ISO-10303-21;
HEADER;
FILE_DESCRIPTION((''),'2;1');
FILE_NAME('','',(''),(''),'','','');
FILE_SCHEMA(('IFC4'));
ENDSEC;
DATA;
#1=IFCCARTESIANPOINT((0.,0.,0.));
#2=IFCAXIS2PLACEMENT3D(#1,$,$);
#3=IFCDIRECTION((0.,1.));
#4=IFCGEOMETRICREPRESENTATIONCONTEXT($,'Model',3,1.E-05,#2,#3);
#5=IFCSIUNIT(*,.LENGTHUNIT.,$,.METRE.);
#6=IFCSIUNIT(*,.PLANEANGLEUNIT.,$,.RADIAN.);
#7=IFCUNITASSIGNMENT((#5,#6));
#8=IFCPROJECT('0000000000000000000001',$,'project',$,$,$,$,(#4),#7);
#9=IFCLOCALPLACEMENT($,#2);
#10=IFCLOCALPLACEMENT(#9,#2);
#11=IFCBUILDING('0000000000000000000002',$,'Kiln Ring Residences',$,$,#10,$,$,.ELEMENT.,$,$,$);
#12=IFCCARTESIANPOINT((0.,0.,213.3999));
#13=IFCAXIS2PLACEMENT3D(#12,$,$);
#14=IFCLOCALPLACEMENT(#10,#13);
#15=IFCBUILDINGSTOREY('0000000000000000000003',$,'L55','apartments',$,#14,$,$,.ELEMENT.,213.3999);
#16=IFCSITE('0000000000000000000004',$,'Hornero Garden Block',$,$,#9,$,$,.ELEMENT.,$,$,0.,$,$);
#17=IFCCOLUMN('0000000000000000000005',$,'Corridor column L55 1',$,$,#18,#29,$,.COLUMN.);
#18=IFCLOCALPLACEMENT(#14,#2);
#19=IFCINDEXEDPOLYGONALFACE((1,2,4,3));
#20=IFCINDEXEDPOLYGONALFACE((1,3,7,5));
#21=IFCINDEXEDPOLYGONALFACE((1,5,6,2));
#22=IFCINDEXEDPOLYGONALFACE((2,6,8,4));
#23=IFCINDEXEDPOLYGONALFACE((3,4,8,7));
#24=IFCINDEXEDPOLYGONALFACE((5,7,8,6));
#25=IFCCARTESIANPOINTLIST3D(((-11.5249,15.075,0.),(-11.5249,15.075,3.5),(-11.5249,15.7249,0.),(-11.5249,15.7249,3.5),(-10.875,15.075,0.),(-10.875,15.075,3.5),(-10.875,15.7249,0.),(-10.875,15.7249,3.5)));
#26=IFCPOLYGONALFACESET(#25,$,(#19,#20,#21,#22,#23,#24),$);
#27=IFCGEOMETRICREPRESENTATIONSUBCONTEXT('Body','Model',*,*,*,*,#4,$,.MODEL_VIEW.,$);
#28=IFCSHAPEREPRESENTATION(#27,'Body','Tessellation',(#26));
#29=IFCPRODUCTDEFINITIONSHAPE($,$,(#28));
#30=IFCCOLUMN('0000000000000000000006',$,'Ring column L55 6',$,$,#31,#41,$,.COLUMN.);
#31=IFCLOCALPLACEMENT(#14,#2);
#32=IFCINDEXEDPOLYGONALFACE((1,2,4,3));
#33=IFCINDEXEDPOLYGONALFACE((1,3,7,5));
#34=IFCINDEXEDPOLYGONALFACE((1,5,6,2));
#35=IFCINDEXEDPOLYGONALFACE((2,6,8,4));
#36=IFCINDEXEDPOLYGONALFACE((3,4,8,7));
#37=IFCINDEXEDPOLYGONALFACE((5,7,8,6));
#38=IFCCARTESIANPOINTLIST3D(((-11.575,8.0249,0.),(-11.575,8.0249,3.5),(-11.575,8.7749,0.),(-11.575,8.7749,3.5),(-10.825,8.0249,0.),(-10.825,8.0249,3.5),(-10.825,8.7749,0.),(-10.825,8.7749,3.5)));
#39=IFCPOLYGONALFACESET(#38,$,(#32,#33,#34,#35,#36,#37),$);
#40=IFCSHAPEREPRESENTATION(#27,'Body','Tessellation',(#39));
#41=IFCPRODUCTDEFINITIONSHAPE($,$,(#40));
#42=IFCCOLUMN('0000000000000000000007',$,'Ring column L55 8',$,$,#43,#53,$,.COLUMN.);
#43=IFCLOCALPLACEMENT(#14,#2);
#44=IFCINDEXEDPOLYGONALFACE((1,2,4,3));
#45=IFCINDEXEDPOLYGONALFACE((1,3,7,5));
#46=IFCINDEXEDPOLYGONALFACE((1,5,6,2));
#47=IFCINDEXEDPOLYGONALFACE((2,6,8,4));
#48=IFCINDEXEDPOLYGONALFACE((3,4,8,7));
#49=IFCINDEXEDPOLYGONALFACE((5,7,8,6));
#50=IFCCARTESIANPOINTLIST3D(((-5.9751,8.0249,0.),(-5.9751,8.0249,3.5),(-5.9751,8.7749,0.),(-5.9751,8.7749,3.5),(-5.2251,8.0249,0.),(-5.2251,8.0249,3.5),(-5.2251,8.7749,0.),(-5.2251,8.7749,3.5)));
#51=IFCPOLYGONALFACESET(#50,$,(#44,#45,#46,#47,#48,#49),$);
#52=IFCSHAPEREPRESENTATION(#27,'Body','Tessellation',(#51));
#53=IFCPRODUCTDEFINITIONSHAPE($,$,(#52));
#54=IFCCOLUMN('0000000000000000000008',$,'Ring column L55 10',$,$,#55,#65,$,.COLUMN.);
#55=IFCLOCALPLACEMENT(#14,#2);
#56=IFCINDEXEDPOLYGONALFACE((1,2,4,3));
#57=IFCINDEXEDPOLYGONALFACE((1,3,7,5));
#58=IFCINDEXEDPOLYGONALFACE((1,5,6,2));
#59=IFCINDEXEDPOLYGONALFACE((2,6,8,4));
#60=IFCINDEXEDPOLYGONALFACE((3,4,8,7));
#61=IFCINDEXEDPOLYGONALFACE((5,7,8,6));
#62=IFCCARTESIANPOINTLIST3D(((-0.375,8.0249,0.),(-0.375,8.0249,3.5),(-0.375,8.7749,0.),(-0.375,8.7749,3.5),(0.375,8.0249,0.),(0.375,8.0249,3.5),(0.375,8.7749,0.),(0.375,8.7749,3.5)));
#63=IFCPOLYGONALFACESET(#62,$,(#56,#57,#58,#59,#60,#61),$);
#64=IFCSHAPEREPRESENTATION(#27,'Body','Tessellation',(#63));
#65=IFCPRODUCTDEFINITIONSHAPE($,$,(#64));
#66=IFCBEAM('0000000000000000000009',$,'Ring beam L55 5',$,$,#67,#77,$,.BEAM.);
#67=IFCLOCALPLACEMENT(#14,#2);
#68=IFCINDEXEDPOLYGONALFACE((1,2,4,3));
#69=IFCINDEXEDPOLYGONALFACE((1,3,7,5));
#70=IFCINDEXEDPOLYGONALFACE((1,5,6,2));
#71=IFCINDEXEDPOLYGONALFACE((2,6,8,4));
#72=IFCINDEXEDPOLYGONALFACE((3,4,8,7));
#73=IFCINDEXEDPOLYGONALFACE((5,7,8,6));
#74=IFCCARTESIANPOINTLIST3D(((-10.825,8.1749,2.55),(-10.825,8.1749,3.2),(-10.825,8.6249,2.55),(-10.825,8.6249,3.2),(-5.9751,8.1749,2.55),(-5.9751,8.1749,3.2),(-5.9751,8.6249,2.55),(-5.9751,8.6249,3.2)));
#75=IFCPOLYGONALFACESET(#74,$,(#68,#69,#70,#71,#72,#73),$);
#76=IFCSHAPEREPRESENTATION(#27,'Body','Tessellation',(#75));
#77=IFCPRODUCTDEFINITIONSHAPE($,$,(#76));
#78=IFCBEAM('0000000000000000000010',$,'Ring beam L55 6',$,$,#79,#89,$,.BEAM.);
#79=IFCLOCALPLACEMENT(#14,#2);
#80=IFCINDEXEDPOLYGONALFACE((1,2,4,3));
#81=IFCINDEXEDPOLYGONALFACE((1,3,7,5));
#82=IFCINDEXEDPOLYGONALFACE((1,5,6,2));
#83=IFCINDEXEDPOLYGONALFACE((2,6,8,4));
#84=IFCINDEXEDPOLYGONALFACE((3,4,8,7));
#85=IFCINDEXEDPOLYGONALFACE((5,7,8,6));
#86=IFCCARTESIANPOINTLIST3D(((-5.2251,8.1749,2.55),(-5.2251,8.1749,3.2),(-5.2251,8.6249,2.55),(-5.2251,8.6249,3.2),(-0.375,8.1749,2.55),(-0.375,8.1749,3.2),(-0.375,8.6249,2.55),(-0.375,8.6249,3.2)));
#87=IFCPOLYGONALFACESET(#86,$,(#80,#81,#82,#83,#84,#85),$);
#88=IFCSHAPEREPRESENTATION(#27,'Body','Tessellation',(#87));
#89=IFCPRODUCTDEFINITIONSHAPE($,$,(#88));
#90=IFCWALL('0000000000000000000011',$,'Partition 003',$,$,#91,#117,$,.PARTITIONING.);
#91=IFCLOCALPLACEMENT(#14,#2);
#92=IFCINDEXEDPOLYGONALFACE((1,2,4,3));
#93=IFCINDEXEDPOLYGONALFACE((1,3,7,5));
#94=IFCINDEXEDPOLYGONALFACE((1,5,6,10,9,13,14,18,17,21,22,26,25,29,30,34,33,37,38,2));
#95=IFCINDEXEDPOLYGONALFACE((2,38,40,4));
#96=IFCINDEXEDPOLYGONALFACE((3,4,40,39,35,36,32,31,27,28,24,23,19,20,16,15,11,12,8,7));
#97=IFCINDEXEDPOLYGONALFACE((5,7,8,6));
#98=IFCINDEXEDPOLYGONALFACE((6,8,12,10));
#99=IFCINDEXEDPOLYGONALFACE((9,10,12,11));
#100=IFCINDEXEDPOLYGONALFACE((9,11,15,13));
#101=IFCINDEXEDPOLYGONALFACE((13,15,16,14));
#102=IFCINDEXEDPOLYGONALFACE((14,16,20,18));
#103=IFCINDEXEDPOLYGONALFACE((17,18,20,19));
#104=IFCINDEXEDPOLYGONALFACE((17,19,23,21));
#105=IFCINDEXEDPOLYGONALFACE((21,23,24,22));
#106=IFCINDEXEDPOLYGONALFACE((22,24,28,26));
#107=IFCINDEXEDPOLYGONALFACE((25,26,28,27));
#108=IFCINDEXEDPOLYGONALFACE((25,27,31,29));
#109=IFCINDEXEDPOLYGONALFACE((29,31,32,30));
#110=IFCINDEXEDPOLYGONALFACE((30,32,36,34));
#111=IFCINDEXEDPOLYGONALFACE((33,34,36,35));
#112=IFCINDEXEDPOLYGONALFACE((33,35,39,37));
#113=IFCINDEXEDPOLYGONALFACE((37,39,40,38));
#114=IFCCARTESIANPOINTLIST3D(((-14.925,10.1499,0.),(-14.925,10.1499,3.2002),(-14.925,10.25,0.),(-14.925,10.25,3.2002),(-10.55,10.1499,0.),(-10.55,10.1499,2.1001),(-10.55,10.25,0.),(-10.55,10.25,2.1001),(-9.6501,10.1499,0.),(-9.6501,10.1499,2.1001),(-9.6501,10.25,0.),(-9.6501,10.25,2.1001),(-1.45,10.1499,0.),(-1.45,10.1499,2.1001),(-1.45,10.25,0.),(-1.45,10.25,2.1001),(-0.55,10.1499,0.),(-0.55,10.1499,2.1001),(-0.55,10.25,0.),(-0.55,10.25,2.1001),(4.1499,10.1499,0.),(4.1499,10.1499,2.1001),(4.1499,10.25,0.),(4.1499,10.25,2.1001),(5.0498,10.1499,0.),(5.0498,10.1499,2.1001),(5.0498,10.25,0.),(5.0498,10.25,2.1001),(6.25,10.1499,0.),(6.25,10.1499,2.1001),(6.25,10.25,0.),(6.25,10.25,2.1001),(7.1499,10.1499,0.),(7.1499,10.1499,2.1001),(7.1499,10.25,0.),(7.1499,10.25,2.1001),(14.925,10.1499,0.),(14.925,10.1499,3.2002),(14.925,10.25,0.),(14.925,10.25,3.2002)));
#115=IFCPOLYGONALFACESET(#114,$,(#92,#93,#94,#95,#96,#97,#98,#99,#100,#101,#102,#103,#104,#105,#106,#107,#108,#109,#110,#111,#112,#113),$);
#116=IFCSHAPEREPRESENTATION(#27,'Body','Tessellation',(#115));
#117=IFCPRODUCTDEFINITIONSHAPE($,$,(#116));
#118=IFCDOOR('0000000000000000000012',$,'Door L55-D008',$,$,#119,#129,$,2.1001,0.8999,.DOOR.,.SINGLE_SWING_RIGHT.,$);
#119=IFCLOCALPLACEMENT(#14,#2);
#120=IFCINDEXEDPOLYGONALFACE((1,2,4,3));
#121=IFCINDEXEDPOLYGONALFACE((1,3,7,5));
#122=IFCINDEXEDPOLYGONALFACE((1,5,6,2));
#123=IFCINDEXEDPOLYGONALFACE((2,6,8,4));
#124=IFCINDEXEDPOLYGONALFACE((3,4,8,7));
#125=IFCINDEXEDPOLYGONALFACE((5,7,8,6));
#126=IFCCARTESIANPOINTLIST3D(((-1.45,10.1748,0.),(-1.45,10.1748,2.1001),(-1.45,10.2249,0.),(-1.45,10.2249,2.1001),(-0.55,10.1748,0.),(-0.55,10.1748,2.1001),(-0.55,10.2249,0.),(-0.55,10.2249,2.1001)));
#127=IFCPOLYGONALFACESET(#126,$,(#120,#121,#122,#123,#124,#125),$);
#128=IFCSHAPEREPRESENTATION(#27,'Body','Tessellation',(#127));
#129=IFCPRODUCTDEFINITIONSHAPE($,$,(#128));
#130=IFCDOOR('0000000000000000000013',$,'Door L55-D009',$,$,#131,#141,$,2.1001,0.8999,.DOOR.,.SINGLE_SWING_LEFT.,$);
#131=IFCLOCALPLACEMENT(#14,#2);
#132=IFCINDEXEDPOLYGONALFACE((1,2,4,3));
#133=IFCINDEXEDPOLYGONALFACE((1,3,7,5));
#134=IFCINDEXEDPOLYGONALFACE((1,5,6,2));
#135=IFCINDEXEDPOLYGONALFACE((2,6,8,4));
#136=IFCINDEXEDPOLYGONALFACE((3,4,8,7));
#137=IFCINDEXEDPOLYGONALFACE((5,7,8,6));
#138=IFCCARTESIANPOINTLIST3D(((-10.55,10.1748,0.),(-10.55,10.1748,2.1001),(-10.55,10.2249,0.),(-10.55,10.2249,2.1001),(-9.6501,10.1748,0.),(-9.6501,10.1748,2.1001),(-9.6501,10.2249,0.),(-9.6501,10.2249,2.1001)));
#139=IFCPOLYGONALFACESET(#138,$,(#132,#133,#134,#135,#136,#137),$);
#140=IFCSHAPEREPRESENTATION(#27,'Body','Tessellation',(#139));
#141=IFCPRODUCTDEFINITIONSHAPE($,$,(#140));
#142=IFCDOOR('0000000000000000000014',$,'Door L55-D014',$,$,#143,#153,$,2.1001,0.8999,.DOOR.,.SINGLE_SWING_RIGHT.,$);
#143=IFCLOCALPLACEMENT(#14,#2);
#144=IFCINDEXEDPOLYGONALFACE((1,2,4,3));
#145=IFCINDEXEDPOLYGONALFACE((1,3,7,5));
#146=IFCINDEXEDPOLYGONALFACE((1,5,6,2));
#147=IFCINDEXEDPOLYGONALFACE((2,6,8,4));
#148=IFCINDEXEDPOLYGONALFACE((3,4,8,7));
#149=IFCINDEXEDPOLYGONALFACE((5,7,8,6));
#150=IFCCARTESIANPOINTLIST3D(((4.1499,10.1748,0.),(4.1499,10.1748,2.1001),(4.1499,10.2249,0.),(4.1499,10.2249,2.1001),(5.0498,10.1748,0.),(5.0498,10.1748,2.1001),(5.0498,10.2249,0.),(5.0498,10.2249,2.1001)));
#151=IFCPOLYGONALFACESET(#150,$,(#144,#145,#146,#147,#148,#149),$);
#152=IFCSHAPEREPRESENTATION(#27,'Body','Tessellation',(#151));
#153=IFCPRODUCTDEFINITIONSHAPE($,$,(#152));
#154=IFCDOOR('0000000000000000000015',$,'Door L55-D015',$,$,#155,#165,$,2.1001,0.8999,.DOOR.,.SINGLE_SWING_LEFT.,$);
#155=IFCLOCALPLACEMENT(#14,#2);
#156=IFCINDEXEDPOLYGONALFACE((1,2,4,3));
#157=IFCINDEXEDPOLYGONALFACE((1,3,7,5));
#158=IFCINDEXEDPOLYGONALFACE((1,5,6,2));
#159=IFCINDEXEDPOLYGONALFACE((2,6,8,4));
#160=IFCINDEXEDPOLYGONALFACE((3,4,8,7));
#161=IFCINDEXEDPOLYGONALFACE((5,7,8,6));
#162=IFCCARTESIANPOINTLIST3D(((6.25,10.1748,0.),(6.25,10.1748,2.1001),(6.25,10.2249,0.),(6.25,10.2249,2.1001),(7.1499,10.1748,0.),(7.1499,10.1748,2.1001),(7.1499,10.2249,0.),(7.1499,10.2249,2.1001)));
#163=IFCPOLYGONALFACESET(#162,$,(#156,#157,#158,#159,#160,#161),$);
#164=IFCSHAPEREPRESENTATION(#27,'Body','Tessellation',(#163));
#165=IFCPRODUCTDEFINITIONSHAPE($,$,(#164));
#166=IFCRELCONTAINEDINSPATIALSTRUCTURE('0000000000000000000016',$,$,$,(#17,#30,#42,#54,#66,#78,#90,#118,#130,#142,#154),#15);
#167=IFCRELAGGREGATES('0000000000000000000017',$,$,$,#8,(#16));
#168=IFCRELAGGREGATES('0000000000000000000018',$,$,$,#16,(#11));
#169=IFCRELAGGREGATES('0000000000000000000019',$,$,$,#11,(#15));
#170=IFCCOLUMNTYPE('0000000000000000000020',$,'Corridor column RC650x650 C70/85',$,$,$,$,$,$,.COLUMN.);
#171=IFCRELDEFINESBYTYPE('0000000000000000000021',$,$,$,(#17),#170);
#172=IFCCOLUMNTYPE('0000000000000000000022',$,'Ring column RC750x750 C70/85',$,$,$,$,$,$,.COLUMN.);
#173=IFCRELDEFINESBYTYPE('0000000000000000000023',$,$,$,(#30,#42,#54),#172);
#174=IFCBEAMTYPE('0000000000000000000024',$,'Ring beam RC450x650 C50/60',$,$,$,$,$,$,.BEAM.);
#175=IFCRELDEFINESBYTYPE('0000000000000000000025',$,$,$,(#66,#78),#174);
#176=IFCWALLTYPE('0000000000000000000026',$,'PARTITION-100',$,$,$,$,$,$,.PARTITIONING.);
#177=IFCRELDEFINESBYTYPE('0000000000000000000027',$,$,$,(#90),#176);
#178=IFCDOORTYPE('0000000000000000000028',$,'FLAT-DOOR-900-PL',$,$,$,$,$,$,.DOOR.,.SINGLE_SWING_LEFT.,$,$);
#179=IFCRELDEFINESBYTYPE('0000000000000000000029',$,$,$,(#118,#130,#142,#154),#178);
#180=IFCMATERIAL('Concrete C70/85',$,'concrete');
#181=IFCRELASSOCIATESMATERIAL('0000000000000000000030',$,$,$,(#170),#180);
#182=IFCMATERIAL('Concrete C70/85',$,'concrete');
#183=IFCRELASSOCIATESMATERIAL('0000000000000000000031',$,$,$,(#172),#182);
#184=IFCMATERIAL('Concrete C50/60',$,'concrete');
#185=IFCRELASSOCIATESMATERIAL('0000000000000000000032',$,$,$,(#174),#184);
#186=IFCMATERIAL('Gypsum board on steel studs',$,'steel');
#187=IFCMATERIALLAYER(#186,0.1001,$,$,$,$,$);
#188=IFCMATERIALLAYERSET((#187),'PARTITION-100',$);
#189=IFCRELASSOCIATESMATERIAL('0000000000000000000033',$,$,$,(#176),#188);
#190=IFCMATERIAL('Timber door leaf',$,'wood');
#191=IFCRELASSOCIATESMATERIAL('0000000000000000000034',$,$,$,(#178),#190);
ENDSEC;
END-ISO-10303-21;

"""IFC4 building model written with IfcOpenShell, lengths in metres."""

from ifc_helpers import new_model, si_unit, direction, frame, frame_2d, origin, origin_2d, place, context, subcontext, project, spatial, rectangle, extrude, material, layer, layer_set, material_profile, profile_set, type_object, element, fill, save


model = new_model("IFC4")

# Units and contexts
model_context = context("Model", 3, precision=1e-05, world=origin(), true_north=direction((0.0, 1.0)))
body_context = subcontext(model_context, "Body", "Model", "MODEL_VIEW")
ifc_project = project(units=[si_unit("LENGTHUNIT", "METRE"), si_unit("PLANEANGLEUNIT", "RADIAN")], contexts=[model_context])

# Site, building, storey
site_placement = place(None, origin())
site = spatial("IfcSite", under=ifc_project, at=site_placement, Name="Hornero Garden Block", CompositionType="ELEMENT", RefElevation=0.0)
building_placement = place(site_placement, origin())
building = spatial("IfcBuilding", under=site, at=building_placement, Name="Kiln Ring Residences", CompositionType="ELEMENT")
storey_placement = place(building_placement, frame((0.0, 0.0, 213.3999)))
storey = spatial("IfcBuildingStorey", under=building, at=storey_placement, Name="L55", Description="apartments", CompositionType="ELEMENT", Elevation=213.3999)

# Columns
ifc_material_1 = material(Name="Concrete C70/85", Category="concrete")
ifc_material_profile_1 = material_profile(ifc_material_1, rectangle(XDim=0.6499, YDim=0.6499, at=origin_2d()), Name="RC650x650")
ifc_profile_set_1 = profile_set([ifc_material_profile_1], Name="Concrete C70/85")
column_type_1 = type_object("IfcColumnType", Name="Corridor column RC650x650 C70/85", PredefinedType="COLUMN", material=ifc_profile_set_1)
column_placement = place(storey_placement, frame((-11.2, 15.3999, 0.0), z_axis=(0.0, 0.0, 1.0), x_axis=(1.0, 0.0, 0.0)))
element("IfcColumn", 1, at=column_placement, inside=storey, type_object=column_type_1, Name="Corridor column L55 1", PredefinedType="COLUMN", context=body_context, shape_type="SweptSolid", body=[
    extrude(rectangle(XDim=0.6499, YDim=0.6499, at=origin_2d()), origin(), (0.0, 0.0, 1.0), 3.5),
])
ifc_material_2 = material(Name="Concrete C70/85", Category="concrete")
ifc_material_profile_2 = material_profile(ifc_material_2, rectangle(XDim=0.75, YDim=0.75, at=origin_2d()), Name="RC750x750")
ifc_profile_set_2 = profile_set([ifc_material_profile_2], Name="Concrete C70/85")
column_type_2 = type_object("IfcColumnType", Name="Ring column RC750x750 C70/85", PredefinedType="COLUMN", material=ifc_profile_set_2)
for number, where, z_axis, x_axis, name in (
    (2, (-11.2, 8.3999, 0.0), (0.0, 0.0, 1.0), (1.0, 0.0, 0.0), "Ring column L55 6"),
    (3, (-5.6001, 8.3999, 0.0), (0.0, 0.0, 1.0), (1.0, 0.0, 0.0), "Ring column L55 8"),
    (4, (0.0, 8.3999, 0.0), (0.0, 0.0, 1.0), (1.0, 0.0, 0.0), "Ring column L55 10"),
):
    element("IfcColumn", number, at=place(storey_placement, frame(where, z_axis=z_axis, x_axis=x_axis)), inside=storey, type_object=column_type_2, Name=name, PredefinedType="COLUMN", context=body_context, shape_type="SweptSolid", body=[
        extrude(rectangle(XDim=0.75, YDim=0.75, at=origin_2d()), origin(), (0.0, 0.0, 1.0), 3.5),
    ])

# Beams
ifc_material_3 = material(Name="Concrete C50/60", Category="concrete")
ifc_material_profile_3 = material_profile(ifc_material_3, rectangle(XDim=0.45, YDim=0.6499, at=origin_2d()), Name="RC450x650")
ifc_profile_set_3 = profile_set([ifc_material_profile_3], Name="Concrete C50/60")
beam_type = type_object("IfcBeamType", Name="Ring beam RC450x650 C50/60", PredefinedType="BEAM", material=ifc_profile_set_3)
beam_1_placement = place(storey_placement, frame((-10.825, 8.3999, 2.875), z_axis=(1.0, 0.0, 0.0), x_axis=(0.0, 1.0, 0.0)))
element("IfcBeam", 5, at=beam_1_placement, inside=storey, type_object=beam_type, Name="Ring beam L55 5", PredefinedType="BEAM", context=body_context, shape_type="SweptSolid", body=[
    extrude(rectangle(XDim=0.45, YDim=0.6499, at=origin_2d()), origin(), (0.0, 0.0, 1.0), 4.8499),
])
beam_2_placement = place(storey_placement, frame((-5.2251, 8.3999, 2.875), z_axis=(1.0, 0.0, 0.0), x_axis=(0.0, 1.0, 0.0)))
element("IfcBeam", 6, at=beam_2_placement, inside=storey, type_object=beam_type, Name="Ring beam L55 6", PredefinedType="BEAM", context=body_context, shape_type="SweptSolid", body=[
    extrude(rectangle(XDim=0.45, YDim=0.6499, at=origin_2d()), origin(), (0.0, 0.0, 1.0), 4.8501),
])

# Wall, openings, doors
ifc_material_4 = material(Name="Gypsum board on steel studs", Category="steel")
ifc_layer = layer(ifc_material_4, 0.1001)
ifc_layer_set = layer_set([ifc_layer], Name="PARTITION-100")
wall_type = type_object("IfcWallType", Name="PARTITION-100", PredefinedType="PARTITIONING", material=ifc_layer_set)
wall_1_placement = place(storey_placement, frame((-14.925, 10.2, 0.0), z_axis=(0.0, 0.0, 1.0), x_axis=(1.0, 0.0, 0.0)))
wall_1 = element("IfcWall", 7, at=wall_1_placement, inside=storey, type_object=wall_type, Name="Partition 003", PredefinedType="PARTITIONING", context=body_context, shape_type="SweptSolid", body=[
    extrude(rectangle(XDim=29.8501, YDim=0.1001, at=frame_2d((14.925, 0.0))), origin(), (0.0, 0.0, 1.0), 3.2002),
])
opening_1_placement = place(wall_1_placement, frame((13.4751, 0.0, 0.0)))
opening_1 = element("IfcOpeningElement", 8, at=opening_1_placement, cuts=wall_1, PredefinedType="OPENING", context=body_context, shape_type="SweptSolid", body=[
    extrude(rectangle(XDim=0.8999, YDim=2.1001, at=frame_2d((0.45, 1.05))), frame((0.0, 0.0601, 0.0), z_axis=(0.0, -1.0, 0.0), x_axis=(1.0, 0.0, 0.0)), (0.0, 0.0, 1.0), 0.1201),
])
opening_2_placement = place(wall_1_placement, frame((4.375, 0.0, 0.0)))
opening_2 = element("IfcOpeningElement", 9, at=opening_2_placement, cuts=wall_1, PredefinedType="OPENING", context=body_context, shape_type="SweptSolid", body=[
    extrude(rectangle(XDim=0.8999, YDim=2.1001, at=frame_2d((0.45, 1.05))), frame((0.0, 0.0601, 0.0), z_axis=(0.0, -1.0, 0.0), x_axis=(1.0, 0.0, 0.0)), (0.0, 0.0, 1.0), 0.1201),
])
opening_3_placement = place(wall_1_placement, frame((19.075, 0.0, 0.0)))
opening_3 = element("IfcOpeningElement", 10, at=opening_3_placement, cuts=wall_1, PredefinedType="OPENING", context=body_context, shape_type="SweptSolid", body=[
    extrude(rectangle(XDim=0.8999, YDim=2.1001, at=frame_2d((0.45, 1.05))), frame((0.0, 0.0601, 0.0), z_axis=(0.0, -1.0, 0.0), x_axis=(1.0, 0.0, 0.0)), (0.0, 0.0, 1.0), 0.1201),
])
opening_4_placement = place(wall_1_placement, frame((21.175, 0.0, 0.0)))
opening_4 = element("IfcOpeningElement", 11, at=opening_4_placement, cuts=wall_1, PredefinedType="OPENING", context=body_context, shape_type="SweptSolid", body=[
    extrude(rectangle(XDim=0.8999, YDim=2.1001, at=frame_2d((0.45, 1.05))), frame((0.0, 0.0601, 0.0), z_axis=(0.0, -1.0, 0.0), x_axis=(1.0, 0.0, 0.0)), (0.0, 0.0, 1.0), 0.1201),
])
ifc_material_5 = material(Name="Timber door leaf", Category="wood")
door_type_1 = type_object("IfcDoorType", Name="FLAT-DOOR-900-PL", OperationType="SINGLE_SWING_LEFT", PredefinedType="DOOR", material=ifc_material_5)
door_1_placement = place(opening_1_placement, origin())
door_1 = element("IfcDoor", 12, at=door_1_placement, inside=storey, type_object=door_type_1, Name="Door L55-D008", OperationType="SINGLE_SWING_RIGHT", OverallHeight=2.1001, OverallWidth=0.8999, PredefinedType="DOOR", context=body_context, shape_type="SweptSolid", body=[
    extrude(rectangle(XDim=0.8999, YDim=2.1001, at=frame_2d((0.45, 1.05))), frame((0.0, 0.0249, 0.0), z_axis=(0.0, -1.0, 0.0), x_axis=(1.0, 0.0, 0.0)), (0.0, 0.0, 1.0), 0.05),
])
fill(opening_1, door_1)
door_2_placement = place(opening_2_placement, origin())
door_2 = element("IfcDoor", 13, at=door_2_placement, inside=storey, type_object=door_type_1, Name="Door L55-D009", OperationType="SINGLE_SWING_LEFT", OverallHeight=2.1001, OverallWidth=0.8999, PredefinedType="DOOR", context=body_context, shape_type="SweptSolid", body=[
    extrude(rectangle(XDim=0.8999, YDim=2.1001, at=frame_2d((0.45, 1.05))), frame((0.0, 0.0249, 0.0), z_axis=(0.0, -1.0, 0.0), x_axis=(1.0, 0.0, 0.0)), (0.0, 0.0, 1.0), 0.05),
])
fill(opening_2, door_2)
door_3_placement = place(opening_3_placement, origin())
door_3 = element("IfcDoor", 14, at=door_3_placement, inside=storey, type_object=door_type_1, Name="Door L55-D014", OperationType="SINGLE_SWING_RIGHT", OverallHeight=2.1001, OverallWidth=0.8999, PredefinedType="DOOR", context=body_context, shape_type="SweptSolid", body=[
    extrude(rectangle(XDim=0.8999, YDim=2.1001, at=frame_2d((0.45, 1.05))), frame((0.0, 0.0249, 0.0), z_axis=(0.0, -1.0, 0.0), x_axis=(1.0, 0.0, 0.0)), (0.0, 0.0, 1.0), 0.05),
])
fill(opening_3, door_3)
door_4_placement = place(opening_4_placement, origin())
door_4 = element("IfcDoor", 15, at=door_4_placement, inside=storey, type_object=door_type_1, Name="Door L55-D015", OperationType="SINGLE_SWING_LEFT", OverallHeight=2.1001, OverallWidth=0.8999, PredefinedType="DOOR", context=body_context, shape_type="SweptSolid", body=[
    extrude(rectangle(XDim=0.8999, YDim=2.1001, at=frame_2d((0.45, 1.05))), frame((0.0, 0.0249, 0.0), z_axis=(0.0, -1.0, 0.0), x_axis=(1.0, 0.0, 0.0)), (0.0, 0.0, 1.0), 0.05),
])
fill(opening_4, door_4)

save(model, "model.ifc")
